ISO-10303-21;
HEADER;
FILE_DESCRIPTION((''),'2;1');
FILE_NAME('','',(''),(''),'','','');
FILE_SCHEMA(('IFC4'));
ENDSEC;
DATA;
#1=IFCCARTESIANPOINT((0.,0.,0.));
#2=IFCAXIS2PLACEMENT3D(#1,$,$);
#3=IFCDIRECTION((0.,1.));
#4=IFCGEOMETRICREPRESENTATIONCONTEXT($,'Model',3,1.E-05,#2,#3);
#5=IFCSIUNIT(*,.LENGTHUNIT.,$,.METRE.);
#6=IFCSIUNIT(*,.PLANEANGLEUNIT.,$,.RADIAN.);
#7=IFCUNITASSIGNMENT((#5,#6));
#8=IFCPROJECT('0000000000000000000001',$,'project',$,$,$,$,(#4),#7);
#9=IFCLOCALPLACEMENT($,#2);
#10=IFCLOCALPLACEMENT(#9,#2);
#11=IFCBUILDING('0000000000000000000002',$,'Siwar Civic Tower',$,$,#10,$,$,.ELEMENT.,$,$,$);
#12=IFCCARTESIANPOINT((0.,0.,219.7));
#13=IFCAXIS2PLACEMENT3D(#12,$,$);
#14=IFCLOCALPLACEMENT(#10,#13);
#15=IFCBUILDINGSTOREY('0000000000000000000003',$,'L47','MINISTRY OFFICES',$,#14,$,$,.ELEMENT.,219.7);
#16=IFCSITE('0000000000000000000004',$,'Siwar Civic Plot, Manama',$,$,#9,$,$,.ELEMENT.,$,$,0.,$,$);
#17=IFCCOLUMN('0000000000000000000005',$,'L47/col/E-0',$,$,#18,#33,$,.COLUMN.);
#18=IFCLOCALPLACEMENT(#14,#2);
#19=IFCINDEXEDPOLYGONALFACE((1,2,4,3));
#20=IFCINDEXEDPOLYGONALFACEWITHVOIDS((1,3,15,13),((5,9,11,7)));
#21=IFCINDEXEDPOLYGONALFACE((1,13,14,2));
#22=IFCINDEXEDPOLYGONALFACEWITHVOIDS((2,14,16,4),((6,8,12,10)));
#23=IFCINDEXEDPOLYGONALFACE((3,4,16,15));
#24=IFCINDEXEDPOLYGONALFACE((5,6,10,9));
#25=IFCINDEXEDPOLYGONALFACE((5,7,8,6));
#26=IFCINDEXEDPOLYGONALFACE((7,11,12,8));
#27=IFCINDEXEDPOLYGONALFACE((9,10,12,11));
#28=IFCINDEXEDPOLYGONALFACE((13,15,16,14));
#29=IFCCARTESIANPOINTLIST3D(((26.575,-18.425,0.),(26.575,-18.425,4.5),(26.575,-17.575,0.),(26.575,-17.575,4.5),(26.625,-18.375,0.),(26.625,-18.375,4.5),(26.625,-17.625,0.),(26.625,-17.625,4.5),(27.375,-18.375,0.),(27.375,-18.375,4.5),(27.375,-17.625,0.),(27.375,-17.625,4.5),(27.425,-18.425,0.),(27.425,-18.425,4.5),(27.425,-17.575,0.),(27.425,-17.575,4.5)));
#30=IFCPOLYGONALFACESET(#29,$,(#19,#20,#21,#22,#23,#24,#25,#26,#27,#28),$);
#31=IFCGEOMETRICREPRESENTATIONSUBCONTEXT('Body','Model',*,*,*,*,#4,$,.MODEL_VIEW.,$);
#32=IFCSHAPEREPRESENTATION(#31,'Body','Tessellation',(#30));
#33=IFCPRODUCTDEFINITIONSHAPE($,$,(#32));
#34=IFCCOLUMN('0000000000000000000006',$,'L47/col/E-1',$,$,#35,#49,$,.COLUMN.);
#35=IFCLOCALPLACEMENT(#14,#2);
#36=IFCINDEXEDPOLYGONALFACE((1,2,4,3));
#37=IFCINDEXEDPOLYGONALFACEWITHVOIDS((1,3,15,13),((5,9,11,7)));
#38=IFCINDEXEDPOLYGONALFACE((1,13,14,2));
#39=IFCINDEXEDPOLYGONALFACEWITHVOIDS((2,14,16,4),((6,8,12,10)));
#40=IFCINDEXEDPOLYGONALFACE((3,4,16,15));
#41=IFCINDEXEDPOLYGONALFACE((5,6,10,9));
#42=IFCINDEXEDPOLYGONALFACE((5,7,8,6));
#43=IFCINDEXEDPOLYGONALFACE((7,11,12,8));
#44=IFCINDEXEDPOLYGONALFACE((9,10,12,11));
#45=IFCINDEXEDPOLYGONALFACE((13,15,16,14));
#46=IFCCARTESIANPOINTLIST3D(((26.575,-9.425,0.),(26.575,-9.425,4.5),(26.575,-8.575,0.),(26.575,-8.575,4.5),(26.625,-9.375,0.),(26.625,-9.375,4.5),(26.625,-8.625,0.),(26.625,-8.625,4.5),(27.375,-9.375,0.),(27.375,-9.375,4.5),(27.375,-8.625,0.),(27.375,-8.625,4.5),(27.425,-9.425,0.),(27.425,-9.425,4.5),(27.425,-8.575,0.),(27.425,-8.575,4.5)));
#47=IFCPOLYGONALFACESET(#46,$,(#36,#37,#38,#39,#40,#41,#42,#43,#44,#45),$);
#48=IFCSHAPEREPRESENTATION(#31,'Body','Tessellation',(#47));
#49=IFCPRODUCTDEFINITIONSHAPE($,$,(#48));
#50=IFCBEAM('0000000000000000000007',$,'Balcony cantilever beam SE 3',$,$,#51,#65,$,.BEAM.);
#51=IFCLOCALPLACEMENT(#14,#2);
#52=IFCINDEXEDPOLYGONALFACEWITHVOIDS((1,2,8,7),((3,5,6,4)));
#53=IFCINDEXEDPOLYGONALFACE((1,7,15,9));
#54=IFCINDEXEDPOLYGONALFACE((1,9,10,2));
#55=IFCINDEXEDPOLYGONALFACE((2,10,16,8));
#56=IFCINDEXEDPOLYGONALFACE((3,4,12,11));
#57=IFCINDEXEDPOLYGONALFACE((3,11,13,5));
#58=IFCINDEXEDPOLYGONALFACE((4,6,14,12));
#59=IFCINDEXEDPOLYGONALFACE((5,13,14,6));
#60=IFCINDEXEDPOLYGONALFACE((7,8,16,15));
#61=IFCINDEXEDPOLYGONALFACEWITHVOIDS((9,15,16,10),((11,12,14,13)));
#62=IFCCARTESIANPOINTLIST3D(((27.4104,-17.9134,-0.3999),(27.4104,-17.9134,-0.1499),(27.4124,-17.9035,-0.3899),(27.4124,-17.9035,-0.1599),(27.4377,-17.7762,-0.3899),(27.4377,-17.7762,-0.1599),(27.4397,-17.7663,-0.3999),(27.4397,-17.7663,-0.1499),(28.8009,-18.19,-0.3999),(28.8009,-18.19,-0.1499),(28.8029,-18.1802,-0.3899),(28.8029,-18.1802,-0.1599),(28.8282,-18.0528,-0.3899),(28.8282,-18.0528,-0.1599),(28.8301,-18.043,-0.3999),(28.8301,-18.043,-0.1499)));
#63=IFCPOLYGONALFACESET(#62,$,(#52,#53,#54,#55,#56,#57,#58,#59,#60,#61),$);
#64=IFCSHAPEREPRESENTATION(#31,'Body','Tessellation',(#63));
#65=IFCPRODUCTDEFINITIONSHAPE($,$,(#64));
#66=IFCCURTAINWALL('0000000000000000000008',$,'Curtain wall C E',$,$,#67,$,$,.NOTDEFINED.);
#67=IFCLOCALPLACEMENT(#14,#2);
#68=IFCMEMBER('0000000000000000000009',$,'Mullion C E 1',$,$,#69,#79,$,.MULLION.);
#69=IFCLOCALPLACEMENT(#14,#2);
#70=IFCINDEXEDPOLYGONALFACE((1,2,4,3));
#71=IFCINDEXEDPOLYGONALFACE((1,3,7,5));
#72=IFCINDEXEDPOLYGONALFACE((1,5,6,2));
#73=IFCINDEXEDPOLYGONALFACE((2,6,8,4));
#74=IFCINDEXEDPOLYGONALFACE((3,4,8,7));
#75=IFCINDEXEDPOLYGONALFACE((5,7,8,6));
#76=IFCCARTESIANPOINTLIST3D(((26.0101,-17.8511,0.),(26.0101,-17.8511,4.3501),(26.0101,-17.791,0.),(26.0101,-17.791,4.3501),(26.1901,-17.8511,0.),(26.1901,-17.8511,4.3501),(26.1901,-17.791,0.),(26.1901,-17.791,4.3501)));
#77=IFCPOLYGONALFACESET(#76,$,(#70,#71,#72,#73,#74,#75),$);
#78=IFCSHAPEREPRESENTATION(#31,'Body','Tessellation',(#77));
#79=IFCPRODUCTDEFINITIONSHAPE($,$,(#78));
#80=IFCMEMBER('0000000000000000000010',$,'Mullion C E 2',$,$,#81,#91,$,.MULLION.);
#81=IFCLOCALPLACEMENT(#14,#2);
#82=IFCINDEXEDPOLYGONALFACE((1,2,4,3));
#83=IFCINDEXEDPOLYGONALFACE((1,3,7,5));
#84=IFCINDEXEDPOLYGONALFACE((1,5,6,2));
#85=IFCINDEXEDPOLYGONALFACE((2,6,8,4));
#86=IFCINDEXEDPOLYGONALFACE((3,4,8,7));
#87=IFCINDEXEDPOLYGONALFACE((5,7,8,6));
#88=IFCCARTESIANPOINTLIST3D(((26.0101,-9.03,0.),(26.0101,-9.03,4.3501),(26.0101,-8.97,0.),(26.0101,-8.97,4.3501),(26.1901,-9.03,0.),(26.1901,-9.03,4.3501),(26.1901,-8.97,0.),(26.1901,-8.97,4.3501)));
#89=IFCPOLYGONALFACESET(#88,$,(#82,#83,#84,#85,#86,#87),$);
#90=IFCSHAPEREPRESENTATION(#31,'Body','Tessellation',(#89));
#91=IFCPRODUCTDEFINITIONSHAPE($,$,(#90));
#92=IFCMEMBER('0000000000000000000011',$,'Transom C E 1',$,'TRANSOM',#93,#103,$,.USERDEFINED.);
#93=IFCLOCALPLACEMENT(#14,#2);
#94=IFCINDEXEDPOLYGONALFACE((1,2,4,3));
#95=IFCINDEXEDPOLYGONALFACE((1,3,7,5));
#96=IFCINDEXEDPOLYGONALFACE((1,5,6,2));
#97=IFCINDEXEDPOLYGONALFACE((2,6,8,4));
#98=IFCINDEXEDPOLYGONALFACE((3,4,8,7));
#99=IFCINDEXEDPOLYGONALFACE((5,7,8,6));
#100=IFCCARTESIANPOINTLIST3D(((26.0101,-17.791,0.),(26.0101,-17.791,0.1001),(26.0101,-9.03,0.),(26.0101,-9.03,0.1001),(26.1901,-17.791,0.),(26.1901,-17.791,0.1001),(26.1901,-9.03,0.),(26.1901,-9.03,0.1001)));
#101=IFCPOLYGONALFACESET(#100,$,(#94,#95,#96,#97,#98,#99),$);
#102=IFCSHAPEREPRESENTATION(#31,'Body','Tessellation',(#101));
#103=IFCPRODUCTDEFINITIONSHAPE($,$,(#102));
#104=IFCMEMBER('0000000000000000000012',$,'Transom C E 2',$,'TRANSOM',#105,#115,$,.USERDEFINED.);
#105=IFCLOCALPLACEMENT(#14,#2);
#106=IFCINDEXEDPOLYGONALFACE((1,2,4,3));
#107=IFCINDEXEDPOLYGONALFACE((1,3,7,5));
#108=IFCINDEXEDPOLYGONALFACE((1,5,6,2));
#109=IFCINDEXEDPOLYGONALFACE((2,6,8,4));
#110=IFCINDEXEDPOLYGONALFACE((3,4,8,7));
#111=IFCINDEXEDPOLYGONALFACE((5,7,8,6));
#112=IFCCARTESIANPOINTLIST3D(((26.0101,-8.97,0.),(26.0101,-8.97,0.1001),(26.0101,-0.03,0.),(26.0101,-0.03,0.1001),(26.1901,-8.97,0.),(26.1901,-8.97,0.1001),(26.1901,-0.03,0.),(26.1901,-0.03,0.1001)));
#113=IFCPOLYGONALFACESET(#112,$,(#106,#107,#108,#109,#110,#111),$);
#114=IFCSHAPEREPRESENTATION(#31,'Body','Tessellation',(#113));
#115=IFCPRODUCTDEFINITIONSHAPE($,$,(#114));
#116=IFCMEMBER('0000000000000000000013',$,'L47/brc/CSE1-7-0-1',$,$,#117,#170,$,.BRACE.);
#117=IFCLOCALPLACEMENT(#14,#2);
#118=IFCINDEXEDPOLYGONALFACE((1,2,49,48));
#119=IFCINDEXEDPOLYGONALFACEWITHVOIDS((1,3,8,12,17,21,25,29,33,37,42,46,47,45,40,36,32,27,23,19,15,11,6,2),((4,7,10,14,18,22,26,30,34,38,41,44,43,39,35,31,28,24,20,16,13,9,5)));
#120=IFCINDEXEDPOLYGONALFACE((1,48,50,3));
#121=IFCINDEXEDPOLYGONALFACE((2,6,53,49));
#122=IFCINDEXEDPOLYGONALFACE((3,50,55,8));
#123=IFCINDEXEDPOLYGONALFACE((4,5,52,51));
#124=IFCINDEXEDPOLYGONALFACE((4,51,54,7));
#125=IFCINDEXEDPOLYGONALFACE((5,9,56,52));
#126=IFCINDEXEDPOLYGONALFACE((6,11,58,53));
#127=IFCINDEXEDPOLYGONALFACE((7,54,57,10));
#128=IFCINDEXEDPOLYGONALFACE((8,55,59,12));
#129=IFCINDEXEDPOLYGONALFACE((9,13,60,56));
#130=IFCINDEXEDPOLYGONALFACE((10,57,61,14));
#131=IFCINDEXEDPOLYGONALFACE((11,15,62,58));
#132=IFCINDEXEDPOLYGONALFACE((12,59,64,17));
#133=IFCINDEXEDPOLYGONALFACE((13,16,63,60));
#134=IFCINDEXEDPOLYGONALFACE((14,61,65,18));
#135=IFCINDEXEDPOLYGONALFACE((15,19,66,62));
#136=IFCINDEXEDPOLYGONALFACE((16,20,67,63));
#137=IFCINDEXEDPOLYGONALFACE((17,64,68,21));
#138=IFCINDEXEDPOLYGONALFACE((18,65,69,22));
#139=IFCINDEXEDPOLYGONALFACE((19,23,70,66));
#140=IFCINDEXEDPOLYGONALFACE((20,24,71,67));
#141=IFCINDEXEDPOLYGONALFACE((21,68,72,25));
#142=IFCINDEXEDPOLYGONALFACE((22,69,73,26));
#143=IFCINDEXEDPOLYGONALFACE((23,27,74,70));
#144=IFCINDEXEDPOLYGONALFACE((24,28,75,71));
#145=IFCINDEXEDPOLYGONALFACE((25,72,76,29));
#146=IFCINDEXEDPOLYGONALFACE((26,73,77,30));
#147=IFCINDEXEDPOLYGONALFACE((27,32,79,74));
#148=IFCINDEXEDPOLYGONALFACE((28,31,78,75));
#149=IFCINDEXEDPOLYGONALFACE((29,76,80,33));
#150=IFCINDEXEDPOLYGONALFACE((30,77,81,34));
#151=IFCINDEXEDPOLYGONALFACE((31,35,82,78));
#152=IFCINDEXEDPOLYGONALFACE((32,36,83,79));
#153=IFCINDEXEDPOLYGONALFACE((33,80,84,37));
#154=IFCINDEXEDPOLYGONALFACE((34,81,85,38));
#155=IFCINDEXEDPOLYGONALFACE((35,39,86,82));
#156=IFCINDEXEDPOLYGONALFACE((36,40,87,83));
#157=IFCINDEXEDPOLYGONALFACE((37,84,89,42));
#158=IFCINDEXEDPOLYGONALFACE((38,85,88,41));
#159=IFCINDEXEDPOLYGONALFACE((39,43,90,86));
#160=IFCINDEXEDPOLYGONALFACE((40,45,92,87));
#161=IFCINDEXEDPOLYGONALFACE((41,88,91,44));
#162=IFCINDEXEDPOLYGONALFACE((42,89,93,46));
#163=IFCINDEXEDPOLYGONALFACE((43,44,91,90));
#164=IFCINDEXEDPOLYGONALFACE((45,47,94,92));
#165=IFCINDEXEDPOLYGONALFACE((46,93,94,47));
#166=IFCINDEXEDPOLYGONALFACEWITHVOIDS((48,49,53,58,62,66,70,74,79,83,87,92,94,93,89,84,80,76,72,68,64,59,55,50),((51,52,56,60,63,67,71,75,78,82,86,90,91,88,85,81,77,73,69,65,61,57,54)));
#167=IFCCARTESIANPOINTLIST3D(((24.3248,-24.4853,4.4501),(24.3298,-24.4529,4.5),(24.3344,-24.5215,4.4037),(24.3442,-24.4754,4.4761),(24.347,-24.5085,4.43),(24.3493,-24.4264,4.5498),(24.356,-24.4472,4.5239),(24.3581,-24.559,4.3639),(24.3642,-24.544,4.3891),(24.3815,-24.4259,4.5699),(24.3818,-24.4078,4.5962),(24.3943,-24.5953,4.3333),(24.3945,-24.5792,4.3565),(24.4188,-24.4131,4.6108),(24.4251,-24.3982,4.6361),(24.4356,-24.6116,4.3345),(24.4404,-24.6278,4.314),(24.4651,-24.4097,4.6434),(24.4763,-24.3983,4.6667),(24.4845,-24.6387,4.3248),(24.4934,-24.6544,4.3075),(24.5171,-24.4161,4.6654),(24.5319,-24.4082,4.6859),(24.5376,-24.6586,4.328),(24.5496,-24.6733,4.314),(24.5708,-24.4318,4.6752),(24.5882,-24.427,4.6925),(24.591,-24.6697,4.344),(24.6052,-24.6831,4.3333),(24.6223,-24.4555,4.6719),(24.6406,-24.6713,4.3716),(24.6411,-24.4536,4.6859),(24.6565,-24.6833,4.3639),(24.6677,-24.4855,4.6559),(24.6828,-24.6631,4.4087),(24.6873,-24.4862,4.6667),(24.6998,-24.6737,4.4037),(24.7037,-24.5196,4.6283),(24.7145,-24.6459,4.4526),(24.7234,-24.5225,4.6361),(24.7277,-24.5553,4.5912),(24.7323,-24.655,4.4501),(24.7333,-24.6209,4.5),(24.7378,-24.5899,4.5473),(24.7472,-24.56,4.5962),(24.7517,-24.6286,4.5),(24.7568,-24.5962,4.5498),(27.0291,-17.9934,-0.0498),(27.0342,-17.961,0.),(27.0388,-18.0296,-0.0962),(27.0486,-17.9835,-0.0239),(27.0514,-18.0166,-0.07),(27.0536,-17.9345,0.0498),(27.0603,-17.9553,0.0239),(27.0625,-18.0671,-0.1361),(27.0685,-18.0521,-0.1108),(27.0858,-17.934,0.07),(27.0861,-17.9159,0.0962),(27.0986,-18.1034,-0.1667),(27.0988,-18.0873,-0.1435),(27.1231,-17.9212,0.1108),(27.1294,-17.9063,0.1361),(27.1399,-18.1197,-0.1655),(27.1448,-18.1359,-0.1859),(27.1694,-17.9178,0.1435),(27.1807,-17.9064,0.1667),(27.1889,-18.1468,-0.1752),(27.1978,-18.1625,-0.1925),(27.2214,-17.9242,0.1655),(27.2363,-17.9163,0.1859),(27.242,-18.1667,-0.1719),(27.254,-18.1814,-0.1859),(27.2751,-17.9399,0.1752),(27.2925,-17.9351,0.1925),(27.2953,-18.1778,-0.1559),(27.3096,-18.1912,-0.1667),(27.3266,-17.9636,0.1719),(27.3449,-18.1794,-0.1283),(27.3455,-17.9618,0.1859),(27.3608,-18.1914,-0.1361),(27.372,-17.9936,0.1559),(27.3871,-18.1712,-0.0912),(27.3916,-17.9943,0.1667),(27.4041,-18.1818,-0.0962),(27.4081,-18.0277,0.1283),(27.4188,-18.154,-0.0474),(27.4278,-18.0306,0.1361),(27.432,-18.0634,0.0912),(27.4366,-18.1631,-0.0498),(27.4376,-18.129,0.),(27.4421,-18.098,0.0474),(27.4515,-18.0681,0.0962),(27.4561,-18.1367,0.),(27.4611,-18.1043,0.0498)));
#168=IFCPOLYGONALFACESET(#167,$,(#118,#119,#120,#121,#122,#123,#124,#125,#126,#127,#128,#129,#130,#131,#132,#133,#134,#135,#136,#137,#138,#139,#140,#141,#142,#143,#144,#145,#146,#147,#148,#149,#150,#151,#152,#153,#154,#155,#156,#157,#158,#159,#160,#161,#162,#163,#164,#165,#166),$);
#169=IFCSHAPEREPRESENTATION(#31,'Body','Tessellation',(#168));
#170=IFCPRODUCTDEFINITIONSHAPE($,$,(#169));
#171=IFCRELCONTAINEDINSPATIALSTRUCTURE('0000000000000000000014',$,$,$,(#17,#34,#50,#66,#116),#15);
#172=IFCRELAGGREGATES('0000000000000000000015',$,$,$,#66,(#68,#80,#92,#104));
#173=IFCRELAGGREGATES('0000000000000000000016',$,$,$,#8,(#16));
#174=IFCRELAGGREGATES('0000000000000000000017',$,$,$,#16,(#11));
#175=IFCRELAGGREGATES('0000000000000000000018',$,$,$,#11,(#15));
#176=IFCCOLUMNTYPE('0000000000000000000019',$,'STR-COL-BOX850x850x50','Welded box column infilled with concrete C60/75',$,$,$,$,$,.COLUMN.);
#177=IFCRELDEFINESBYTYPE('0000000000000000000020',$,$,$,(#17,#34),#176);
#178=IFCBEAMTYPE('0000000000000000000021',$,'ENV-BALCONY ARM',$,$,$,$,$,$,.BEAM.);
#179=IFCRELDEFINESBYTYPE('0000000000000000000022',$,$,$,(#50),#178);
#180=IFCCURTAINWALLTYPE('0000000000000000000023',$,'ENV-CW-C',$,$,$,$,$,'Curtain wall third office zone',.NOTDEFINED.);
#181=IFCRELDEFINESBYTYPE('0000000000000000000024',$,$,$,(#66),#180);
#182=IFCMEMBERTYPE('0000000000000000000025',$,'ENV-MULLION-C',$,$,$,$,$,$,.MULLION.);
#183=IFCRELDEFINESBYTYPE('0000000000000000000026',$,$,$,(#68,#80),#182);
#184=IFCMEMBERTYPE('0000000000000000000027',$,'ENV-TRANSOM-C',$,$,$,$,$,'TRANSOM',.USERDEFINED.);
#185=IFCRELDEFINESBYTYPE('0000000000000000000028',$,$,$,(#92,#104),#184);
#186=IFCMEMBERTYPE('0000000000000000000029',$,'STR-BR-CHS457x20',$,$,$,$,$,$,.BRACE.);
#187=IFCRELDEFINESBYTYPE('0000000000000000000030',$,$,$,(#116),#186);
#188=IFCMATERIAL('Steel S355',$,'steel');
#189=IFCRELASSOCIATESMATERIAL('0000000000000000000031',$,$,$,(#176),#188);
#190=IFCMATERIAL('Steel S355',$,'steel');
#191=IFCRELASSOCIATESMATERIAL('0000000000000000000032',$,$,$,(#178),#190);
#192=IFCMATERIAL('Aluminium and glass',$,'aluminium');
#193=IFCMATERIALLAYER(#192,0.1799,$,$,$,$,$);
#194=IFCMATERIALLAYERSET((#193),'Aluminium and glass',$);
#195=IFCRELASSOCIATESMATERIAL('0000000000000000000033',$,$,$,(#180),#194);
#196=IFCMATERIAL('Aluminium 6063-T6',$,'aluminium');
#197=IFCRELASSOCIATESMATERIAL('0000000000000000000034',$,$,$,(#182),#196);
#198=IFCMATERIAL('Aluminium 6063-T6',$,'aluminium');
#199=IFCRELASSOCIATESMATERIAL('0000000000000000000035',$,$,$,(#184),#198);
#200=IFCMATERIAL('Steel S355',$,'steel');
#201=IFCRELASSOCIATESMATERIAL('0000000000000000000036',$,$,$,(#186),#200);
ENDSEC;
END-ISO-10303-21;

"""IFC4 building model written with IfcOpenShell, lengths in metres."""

from ifc_helpers import new_model, si_unit, direction, frame, origin, origin_2d, place, context, subcontext, project, spatial, rectangle, hollow_rectangle, hollow_circle, extrude, material, layer, layer_set, material_profile, profile_set, type_object, element, aggregate, save


model = new_model("IFC4")

# Units and contexts
model_context = context("Model", 3, precision=1e-05, world=origin(), true_north=direction((0.0, 1.0)))
body_context = subcontext(model_context, "Body", "Model", "MODEL_VIEW")
ifc_project = project(units=[si_unit("LENGTHUNIT", "METRE"), si_unit("PLANEANGLEUNIT", "RADIAN")], contexts=[model_context])

# Site, building, storey
site_placement = place(None, origin())
site = spatial("IfcSite", under=ifc_project, at=site_placement, Name="Siwar Civic Plot, Manama", CompositionType="ELEMENT", RefElevation=0.0)
building_placement = place(site_placement, origin())
building = spatial("IfcBuilding", under=site, at=building_placement, Name="Siwar Civic Tower", CompositionType="ELEMENT")
storey_placement = place(building_placement, frame((0.0, 0.0, 219.7)))
storey = spatial("IfcBuildingStorey", under=building, at=storey_placement, Name="L47", Description="MINISTRY OFFICES", CompositionType="ELEMENT", Elevation=219.7)

# Columns
ifc_material_1 = material(Name="Steel S355", Category="steel")
ifc_material_profile_1 = material_profile(ifc_material_1, hollow_rectangle(XDim=0.8501, YDim=0.8501, WallThickness=0.05, at=origin_2d()), Name="BOX850x850x50")
ifc_profile_set_1 = profile_set([ifc_material_profile_1], Name="Steel S355")
column_type = type_object("IfcColumnType", Name="STR-COL-BOX850x850x50", Description="Welded box column infilled with concrete C60/75", PredefinedType="COLUMN", material=ifc_profile_set_1)
for number, where, z_axis, x_axis, name in (
    (1, (27.0, -18.0, 0.0), (0.0, 0.0, 1.0), (1.0, 0.0, 0.0), "L47/col/E-0"),
    (2, (27.0, -9.0, 0.0), (0.0, 0.0, 1.0), (1.0, 0.0, 0.0), "L47/col/E-1"),
):
    element("IfcColumn", number, at=place(storey_placement, frame(where, z_axis=z_axis, x_axis=x_axis)), inside=storey, type_object=column_type, Name=name, PredefinedType="COLUMN", context=body_context, shape_type="SweptSolid", body=[
        extrude(hollow_rectangle(XDim=0.8501, YDim=0.8501, WallThickness=0.05, at=origin_2d()), origin(), (0.0, 0.0, 1.0), 4.5),
    ])

# Beam
ifc_material_2 = material(Name="Steel S355", Category="steel")
ifc_material_profile_2 = material_profile(ifc_material_2, hollow_rectangle(XDim=0.1499, YDim=0.25, WallThickness=0.01, at=origin_2d()), Name="RHS250x150x10")
ifc_profile_set_2 = profile_set([ifc_material_profile_2], Name="Steel S355")
beam_type_1 = type_object("IfcBeamType", Name="ENV-BALCONY ARM", PredefinedType="BEAM", material=ifc_profile_set_2)
beam_1_placement = place(storey_placement, frame((27.425, -17.8398, -0.2749), z_axis=(0.980779, -0.195122, 0.0), x_axis=(0.195122, 0.980779, 0.0)))
element("IfcBeam", 3, at=beam_1_placement, inside=storey, type_object=beam_type_1, Name="Balcony cantilever beam SE 3", PredefinedType="BEAM", context=body_context, shape_type="SweptSolid", body=[
    extrude(hollow_rectangle(XDim=0.1499, YDim=0.25, WallThickness=0.01, at=origin_2d()), origin(), (0.0, 0.0, 1.0), 1.4177),
])

# Curtain wall, members
ifc_material_3 = material(Name="Aluminium and glass", Category="aluminium")
ifc_layer_1 = layer(ifc_material_3, 0.1799)
ifc_layer_set_1 = layer_set([ifc_layer_1], Name="Aluminium and glass")
curtain_wall_type_1 = type_object("IfcCurtainWallType", Name="ENV-CW-C", ElementType="Curtain wall third office zone", PredefinedType="NOTDEFINED", material=ifc_layer_set_1)
curtain_wall_1_placement = place(storey_placement, origin())
curtain_wall_1 = element("IfcCurtainWall", 4, at=curtain_wall_1_placement, inside=storey, type_object=curtain_wall_type_1, Name="Curtain wall C E", PredefinedType="NOTDEFINED")
ifc_material_4 = material(Name="Aluminium 6063-T6", Category="aluminium")
ifc_material_profile_3 = material_profile(ifc_material_4, rectangle(XDim=0.1799, YDim=0.0601, at=origin_2d()), Name="AL 180x60")
ifc_profile_set_3 = profile_set([ifc_material_profile_3], Name="Aluminium 6063-T6")
member_type_1 = type_object("IfcMemberType", Name="ENV-MULLION-C", PredefinedType="MULLION", material=ifc_profile_set_3)
member_1_placement = place(storey_placement, frame((26.1001, -17.821, 0.0), z_axis=(0.0, 0.0, 1.0), x_axis=(-1.0, 0.0, 0.0)))
member_1 = element("IfcMember", 5, at=member_1_placement, type_object=member_type_1, Name="Mullion C E 1", PredefinedType="MULLION", context=body_context, shape_type="SweptSolid", body=[
    extrude(rectangle(XDim=0.1799, YDim=0.0601, at=origin_2d()), origin(), (0.0, 0.0, 1.0), 4.3501),
])
member_2_placement = place(storey_placement, frame((26.1001, -9.0, 0.0), z_axis=(0.0, 0.0, 1.0), x_axis=(-1.0, 0.0, 0.0)))
member_2 = element("IfcMember", 6, at=member_2_placement, type_object=member_type_1, Name="Mullion C E 2", PredefinedType="MULLION", context=body_context, shape_type="SweptSolid", body=[
    extrude(rectangle(XDim=0.1799, YDim=0.0601, at=origin_2d()), origin(), (0.0, 0.0, 1.0), 4.3501),
])
ifc_material_5 = material(Name="Aluminium 6063-T6", Category="aluminium")
ifc_material_profile_4 = material_profile(ifc_material_5, rectangle(XDim=0.1799, YDim=0.1001, at=origin_2d()), Name="AL 180x100")
ifc_profile_set_4 = profile_set([ifc_material_profile_4], Name="Aluminium 6063-T6")
member_type_2 = type_object("IfcMemberType", Name="ENV-TRANSOM-C", ElementType="TRANSOM", PredefinedType="USERDEFINED", material=ifc_profile_set_4)
member_3_placement = place(storey_placement, frame((26.1001, -17.791, 0.05), z_axis=(0.0, 1.0, 0.0), x_axis=(-1.0, 0.0, 0.0)))
member_3 = element("IfcMember", 7, at=member_3_placement, type_object=member_type_2, Name="Transom C E 1", ObjectType="TRANSOM", PredefinedType="USERDEFINED", context=body_context, shape_type="SweptSolid", body=[
    extrude(rectangle(XDim=0.1799, YDim=0.1001, at=origin_2d()), origin(), (0.0, 0.0, 1.0), 8.761),
])
member_4_placement = place(storey_placement, frame((26.1001, -8.97, 0.05), z_axis=(0.0, 1.0, 0.0), x_axis=(-1.0, 0.0, 0.0)))
member_4 = element("IfcMember", 8, at=member_4_placement, type_object=member_type_2, Name="Transom C E 2", ObjectType="TRANSOM", PredefinedType="USERDEFINED", context=body_context, shape_type="SweptSolid", body=[
    extrude(rectangle(XDim=0.1799, YDim=0.1001, at=origin_2d()), origin(), (0.0, 0.0, 1.0), 8.9399),
])

# Member
ifc_material_6 = material(Name="Steel S355", Category="steel")
ifc_material_profile_5 = material_profile(ifc_material_6, hollow_circle(Radius=0.2285, WallThickness=0.02, at=origin_2d()), Name="CHS457x20")
ifc_profile_set_5 = profile_set([ifc_material_profile_5], Name="Steel S355")
member_type_3 = type_object("IfcMemberType", Name="STR-BR-CHS457x20", PredefinedType="BRACE", material=ifc_profile_set_5)
member_5_placement = place(storey_placement, frame((27.2451, -18.0488, 0.0), z_axis=(-0.323906, -0.777555, 0.538975), x_axis=(0.923109, -0.384539, 0.0)))
element("IfcMember", 9, at=member_5_placement, inside=storey, type_object=member_type_3, Name="L47/brc/CSE1-7-0-1", PredefinedType="BRACE", context=body_context, shape_type="SweptSolid", body=[
    extrude(hollow_circle(Radius=0.2285, WallThickness=0.02, at=origin_2d()), origin(), (0.0, 0.0, 1.0), 8.3491),
])

aggregate(curtain_wall_1, [member_1, member_2, member_3, member_4])

save(model, "model.ifc")
